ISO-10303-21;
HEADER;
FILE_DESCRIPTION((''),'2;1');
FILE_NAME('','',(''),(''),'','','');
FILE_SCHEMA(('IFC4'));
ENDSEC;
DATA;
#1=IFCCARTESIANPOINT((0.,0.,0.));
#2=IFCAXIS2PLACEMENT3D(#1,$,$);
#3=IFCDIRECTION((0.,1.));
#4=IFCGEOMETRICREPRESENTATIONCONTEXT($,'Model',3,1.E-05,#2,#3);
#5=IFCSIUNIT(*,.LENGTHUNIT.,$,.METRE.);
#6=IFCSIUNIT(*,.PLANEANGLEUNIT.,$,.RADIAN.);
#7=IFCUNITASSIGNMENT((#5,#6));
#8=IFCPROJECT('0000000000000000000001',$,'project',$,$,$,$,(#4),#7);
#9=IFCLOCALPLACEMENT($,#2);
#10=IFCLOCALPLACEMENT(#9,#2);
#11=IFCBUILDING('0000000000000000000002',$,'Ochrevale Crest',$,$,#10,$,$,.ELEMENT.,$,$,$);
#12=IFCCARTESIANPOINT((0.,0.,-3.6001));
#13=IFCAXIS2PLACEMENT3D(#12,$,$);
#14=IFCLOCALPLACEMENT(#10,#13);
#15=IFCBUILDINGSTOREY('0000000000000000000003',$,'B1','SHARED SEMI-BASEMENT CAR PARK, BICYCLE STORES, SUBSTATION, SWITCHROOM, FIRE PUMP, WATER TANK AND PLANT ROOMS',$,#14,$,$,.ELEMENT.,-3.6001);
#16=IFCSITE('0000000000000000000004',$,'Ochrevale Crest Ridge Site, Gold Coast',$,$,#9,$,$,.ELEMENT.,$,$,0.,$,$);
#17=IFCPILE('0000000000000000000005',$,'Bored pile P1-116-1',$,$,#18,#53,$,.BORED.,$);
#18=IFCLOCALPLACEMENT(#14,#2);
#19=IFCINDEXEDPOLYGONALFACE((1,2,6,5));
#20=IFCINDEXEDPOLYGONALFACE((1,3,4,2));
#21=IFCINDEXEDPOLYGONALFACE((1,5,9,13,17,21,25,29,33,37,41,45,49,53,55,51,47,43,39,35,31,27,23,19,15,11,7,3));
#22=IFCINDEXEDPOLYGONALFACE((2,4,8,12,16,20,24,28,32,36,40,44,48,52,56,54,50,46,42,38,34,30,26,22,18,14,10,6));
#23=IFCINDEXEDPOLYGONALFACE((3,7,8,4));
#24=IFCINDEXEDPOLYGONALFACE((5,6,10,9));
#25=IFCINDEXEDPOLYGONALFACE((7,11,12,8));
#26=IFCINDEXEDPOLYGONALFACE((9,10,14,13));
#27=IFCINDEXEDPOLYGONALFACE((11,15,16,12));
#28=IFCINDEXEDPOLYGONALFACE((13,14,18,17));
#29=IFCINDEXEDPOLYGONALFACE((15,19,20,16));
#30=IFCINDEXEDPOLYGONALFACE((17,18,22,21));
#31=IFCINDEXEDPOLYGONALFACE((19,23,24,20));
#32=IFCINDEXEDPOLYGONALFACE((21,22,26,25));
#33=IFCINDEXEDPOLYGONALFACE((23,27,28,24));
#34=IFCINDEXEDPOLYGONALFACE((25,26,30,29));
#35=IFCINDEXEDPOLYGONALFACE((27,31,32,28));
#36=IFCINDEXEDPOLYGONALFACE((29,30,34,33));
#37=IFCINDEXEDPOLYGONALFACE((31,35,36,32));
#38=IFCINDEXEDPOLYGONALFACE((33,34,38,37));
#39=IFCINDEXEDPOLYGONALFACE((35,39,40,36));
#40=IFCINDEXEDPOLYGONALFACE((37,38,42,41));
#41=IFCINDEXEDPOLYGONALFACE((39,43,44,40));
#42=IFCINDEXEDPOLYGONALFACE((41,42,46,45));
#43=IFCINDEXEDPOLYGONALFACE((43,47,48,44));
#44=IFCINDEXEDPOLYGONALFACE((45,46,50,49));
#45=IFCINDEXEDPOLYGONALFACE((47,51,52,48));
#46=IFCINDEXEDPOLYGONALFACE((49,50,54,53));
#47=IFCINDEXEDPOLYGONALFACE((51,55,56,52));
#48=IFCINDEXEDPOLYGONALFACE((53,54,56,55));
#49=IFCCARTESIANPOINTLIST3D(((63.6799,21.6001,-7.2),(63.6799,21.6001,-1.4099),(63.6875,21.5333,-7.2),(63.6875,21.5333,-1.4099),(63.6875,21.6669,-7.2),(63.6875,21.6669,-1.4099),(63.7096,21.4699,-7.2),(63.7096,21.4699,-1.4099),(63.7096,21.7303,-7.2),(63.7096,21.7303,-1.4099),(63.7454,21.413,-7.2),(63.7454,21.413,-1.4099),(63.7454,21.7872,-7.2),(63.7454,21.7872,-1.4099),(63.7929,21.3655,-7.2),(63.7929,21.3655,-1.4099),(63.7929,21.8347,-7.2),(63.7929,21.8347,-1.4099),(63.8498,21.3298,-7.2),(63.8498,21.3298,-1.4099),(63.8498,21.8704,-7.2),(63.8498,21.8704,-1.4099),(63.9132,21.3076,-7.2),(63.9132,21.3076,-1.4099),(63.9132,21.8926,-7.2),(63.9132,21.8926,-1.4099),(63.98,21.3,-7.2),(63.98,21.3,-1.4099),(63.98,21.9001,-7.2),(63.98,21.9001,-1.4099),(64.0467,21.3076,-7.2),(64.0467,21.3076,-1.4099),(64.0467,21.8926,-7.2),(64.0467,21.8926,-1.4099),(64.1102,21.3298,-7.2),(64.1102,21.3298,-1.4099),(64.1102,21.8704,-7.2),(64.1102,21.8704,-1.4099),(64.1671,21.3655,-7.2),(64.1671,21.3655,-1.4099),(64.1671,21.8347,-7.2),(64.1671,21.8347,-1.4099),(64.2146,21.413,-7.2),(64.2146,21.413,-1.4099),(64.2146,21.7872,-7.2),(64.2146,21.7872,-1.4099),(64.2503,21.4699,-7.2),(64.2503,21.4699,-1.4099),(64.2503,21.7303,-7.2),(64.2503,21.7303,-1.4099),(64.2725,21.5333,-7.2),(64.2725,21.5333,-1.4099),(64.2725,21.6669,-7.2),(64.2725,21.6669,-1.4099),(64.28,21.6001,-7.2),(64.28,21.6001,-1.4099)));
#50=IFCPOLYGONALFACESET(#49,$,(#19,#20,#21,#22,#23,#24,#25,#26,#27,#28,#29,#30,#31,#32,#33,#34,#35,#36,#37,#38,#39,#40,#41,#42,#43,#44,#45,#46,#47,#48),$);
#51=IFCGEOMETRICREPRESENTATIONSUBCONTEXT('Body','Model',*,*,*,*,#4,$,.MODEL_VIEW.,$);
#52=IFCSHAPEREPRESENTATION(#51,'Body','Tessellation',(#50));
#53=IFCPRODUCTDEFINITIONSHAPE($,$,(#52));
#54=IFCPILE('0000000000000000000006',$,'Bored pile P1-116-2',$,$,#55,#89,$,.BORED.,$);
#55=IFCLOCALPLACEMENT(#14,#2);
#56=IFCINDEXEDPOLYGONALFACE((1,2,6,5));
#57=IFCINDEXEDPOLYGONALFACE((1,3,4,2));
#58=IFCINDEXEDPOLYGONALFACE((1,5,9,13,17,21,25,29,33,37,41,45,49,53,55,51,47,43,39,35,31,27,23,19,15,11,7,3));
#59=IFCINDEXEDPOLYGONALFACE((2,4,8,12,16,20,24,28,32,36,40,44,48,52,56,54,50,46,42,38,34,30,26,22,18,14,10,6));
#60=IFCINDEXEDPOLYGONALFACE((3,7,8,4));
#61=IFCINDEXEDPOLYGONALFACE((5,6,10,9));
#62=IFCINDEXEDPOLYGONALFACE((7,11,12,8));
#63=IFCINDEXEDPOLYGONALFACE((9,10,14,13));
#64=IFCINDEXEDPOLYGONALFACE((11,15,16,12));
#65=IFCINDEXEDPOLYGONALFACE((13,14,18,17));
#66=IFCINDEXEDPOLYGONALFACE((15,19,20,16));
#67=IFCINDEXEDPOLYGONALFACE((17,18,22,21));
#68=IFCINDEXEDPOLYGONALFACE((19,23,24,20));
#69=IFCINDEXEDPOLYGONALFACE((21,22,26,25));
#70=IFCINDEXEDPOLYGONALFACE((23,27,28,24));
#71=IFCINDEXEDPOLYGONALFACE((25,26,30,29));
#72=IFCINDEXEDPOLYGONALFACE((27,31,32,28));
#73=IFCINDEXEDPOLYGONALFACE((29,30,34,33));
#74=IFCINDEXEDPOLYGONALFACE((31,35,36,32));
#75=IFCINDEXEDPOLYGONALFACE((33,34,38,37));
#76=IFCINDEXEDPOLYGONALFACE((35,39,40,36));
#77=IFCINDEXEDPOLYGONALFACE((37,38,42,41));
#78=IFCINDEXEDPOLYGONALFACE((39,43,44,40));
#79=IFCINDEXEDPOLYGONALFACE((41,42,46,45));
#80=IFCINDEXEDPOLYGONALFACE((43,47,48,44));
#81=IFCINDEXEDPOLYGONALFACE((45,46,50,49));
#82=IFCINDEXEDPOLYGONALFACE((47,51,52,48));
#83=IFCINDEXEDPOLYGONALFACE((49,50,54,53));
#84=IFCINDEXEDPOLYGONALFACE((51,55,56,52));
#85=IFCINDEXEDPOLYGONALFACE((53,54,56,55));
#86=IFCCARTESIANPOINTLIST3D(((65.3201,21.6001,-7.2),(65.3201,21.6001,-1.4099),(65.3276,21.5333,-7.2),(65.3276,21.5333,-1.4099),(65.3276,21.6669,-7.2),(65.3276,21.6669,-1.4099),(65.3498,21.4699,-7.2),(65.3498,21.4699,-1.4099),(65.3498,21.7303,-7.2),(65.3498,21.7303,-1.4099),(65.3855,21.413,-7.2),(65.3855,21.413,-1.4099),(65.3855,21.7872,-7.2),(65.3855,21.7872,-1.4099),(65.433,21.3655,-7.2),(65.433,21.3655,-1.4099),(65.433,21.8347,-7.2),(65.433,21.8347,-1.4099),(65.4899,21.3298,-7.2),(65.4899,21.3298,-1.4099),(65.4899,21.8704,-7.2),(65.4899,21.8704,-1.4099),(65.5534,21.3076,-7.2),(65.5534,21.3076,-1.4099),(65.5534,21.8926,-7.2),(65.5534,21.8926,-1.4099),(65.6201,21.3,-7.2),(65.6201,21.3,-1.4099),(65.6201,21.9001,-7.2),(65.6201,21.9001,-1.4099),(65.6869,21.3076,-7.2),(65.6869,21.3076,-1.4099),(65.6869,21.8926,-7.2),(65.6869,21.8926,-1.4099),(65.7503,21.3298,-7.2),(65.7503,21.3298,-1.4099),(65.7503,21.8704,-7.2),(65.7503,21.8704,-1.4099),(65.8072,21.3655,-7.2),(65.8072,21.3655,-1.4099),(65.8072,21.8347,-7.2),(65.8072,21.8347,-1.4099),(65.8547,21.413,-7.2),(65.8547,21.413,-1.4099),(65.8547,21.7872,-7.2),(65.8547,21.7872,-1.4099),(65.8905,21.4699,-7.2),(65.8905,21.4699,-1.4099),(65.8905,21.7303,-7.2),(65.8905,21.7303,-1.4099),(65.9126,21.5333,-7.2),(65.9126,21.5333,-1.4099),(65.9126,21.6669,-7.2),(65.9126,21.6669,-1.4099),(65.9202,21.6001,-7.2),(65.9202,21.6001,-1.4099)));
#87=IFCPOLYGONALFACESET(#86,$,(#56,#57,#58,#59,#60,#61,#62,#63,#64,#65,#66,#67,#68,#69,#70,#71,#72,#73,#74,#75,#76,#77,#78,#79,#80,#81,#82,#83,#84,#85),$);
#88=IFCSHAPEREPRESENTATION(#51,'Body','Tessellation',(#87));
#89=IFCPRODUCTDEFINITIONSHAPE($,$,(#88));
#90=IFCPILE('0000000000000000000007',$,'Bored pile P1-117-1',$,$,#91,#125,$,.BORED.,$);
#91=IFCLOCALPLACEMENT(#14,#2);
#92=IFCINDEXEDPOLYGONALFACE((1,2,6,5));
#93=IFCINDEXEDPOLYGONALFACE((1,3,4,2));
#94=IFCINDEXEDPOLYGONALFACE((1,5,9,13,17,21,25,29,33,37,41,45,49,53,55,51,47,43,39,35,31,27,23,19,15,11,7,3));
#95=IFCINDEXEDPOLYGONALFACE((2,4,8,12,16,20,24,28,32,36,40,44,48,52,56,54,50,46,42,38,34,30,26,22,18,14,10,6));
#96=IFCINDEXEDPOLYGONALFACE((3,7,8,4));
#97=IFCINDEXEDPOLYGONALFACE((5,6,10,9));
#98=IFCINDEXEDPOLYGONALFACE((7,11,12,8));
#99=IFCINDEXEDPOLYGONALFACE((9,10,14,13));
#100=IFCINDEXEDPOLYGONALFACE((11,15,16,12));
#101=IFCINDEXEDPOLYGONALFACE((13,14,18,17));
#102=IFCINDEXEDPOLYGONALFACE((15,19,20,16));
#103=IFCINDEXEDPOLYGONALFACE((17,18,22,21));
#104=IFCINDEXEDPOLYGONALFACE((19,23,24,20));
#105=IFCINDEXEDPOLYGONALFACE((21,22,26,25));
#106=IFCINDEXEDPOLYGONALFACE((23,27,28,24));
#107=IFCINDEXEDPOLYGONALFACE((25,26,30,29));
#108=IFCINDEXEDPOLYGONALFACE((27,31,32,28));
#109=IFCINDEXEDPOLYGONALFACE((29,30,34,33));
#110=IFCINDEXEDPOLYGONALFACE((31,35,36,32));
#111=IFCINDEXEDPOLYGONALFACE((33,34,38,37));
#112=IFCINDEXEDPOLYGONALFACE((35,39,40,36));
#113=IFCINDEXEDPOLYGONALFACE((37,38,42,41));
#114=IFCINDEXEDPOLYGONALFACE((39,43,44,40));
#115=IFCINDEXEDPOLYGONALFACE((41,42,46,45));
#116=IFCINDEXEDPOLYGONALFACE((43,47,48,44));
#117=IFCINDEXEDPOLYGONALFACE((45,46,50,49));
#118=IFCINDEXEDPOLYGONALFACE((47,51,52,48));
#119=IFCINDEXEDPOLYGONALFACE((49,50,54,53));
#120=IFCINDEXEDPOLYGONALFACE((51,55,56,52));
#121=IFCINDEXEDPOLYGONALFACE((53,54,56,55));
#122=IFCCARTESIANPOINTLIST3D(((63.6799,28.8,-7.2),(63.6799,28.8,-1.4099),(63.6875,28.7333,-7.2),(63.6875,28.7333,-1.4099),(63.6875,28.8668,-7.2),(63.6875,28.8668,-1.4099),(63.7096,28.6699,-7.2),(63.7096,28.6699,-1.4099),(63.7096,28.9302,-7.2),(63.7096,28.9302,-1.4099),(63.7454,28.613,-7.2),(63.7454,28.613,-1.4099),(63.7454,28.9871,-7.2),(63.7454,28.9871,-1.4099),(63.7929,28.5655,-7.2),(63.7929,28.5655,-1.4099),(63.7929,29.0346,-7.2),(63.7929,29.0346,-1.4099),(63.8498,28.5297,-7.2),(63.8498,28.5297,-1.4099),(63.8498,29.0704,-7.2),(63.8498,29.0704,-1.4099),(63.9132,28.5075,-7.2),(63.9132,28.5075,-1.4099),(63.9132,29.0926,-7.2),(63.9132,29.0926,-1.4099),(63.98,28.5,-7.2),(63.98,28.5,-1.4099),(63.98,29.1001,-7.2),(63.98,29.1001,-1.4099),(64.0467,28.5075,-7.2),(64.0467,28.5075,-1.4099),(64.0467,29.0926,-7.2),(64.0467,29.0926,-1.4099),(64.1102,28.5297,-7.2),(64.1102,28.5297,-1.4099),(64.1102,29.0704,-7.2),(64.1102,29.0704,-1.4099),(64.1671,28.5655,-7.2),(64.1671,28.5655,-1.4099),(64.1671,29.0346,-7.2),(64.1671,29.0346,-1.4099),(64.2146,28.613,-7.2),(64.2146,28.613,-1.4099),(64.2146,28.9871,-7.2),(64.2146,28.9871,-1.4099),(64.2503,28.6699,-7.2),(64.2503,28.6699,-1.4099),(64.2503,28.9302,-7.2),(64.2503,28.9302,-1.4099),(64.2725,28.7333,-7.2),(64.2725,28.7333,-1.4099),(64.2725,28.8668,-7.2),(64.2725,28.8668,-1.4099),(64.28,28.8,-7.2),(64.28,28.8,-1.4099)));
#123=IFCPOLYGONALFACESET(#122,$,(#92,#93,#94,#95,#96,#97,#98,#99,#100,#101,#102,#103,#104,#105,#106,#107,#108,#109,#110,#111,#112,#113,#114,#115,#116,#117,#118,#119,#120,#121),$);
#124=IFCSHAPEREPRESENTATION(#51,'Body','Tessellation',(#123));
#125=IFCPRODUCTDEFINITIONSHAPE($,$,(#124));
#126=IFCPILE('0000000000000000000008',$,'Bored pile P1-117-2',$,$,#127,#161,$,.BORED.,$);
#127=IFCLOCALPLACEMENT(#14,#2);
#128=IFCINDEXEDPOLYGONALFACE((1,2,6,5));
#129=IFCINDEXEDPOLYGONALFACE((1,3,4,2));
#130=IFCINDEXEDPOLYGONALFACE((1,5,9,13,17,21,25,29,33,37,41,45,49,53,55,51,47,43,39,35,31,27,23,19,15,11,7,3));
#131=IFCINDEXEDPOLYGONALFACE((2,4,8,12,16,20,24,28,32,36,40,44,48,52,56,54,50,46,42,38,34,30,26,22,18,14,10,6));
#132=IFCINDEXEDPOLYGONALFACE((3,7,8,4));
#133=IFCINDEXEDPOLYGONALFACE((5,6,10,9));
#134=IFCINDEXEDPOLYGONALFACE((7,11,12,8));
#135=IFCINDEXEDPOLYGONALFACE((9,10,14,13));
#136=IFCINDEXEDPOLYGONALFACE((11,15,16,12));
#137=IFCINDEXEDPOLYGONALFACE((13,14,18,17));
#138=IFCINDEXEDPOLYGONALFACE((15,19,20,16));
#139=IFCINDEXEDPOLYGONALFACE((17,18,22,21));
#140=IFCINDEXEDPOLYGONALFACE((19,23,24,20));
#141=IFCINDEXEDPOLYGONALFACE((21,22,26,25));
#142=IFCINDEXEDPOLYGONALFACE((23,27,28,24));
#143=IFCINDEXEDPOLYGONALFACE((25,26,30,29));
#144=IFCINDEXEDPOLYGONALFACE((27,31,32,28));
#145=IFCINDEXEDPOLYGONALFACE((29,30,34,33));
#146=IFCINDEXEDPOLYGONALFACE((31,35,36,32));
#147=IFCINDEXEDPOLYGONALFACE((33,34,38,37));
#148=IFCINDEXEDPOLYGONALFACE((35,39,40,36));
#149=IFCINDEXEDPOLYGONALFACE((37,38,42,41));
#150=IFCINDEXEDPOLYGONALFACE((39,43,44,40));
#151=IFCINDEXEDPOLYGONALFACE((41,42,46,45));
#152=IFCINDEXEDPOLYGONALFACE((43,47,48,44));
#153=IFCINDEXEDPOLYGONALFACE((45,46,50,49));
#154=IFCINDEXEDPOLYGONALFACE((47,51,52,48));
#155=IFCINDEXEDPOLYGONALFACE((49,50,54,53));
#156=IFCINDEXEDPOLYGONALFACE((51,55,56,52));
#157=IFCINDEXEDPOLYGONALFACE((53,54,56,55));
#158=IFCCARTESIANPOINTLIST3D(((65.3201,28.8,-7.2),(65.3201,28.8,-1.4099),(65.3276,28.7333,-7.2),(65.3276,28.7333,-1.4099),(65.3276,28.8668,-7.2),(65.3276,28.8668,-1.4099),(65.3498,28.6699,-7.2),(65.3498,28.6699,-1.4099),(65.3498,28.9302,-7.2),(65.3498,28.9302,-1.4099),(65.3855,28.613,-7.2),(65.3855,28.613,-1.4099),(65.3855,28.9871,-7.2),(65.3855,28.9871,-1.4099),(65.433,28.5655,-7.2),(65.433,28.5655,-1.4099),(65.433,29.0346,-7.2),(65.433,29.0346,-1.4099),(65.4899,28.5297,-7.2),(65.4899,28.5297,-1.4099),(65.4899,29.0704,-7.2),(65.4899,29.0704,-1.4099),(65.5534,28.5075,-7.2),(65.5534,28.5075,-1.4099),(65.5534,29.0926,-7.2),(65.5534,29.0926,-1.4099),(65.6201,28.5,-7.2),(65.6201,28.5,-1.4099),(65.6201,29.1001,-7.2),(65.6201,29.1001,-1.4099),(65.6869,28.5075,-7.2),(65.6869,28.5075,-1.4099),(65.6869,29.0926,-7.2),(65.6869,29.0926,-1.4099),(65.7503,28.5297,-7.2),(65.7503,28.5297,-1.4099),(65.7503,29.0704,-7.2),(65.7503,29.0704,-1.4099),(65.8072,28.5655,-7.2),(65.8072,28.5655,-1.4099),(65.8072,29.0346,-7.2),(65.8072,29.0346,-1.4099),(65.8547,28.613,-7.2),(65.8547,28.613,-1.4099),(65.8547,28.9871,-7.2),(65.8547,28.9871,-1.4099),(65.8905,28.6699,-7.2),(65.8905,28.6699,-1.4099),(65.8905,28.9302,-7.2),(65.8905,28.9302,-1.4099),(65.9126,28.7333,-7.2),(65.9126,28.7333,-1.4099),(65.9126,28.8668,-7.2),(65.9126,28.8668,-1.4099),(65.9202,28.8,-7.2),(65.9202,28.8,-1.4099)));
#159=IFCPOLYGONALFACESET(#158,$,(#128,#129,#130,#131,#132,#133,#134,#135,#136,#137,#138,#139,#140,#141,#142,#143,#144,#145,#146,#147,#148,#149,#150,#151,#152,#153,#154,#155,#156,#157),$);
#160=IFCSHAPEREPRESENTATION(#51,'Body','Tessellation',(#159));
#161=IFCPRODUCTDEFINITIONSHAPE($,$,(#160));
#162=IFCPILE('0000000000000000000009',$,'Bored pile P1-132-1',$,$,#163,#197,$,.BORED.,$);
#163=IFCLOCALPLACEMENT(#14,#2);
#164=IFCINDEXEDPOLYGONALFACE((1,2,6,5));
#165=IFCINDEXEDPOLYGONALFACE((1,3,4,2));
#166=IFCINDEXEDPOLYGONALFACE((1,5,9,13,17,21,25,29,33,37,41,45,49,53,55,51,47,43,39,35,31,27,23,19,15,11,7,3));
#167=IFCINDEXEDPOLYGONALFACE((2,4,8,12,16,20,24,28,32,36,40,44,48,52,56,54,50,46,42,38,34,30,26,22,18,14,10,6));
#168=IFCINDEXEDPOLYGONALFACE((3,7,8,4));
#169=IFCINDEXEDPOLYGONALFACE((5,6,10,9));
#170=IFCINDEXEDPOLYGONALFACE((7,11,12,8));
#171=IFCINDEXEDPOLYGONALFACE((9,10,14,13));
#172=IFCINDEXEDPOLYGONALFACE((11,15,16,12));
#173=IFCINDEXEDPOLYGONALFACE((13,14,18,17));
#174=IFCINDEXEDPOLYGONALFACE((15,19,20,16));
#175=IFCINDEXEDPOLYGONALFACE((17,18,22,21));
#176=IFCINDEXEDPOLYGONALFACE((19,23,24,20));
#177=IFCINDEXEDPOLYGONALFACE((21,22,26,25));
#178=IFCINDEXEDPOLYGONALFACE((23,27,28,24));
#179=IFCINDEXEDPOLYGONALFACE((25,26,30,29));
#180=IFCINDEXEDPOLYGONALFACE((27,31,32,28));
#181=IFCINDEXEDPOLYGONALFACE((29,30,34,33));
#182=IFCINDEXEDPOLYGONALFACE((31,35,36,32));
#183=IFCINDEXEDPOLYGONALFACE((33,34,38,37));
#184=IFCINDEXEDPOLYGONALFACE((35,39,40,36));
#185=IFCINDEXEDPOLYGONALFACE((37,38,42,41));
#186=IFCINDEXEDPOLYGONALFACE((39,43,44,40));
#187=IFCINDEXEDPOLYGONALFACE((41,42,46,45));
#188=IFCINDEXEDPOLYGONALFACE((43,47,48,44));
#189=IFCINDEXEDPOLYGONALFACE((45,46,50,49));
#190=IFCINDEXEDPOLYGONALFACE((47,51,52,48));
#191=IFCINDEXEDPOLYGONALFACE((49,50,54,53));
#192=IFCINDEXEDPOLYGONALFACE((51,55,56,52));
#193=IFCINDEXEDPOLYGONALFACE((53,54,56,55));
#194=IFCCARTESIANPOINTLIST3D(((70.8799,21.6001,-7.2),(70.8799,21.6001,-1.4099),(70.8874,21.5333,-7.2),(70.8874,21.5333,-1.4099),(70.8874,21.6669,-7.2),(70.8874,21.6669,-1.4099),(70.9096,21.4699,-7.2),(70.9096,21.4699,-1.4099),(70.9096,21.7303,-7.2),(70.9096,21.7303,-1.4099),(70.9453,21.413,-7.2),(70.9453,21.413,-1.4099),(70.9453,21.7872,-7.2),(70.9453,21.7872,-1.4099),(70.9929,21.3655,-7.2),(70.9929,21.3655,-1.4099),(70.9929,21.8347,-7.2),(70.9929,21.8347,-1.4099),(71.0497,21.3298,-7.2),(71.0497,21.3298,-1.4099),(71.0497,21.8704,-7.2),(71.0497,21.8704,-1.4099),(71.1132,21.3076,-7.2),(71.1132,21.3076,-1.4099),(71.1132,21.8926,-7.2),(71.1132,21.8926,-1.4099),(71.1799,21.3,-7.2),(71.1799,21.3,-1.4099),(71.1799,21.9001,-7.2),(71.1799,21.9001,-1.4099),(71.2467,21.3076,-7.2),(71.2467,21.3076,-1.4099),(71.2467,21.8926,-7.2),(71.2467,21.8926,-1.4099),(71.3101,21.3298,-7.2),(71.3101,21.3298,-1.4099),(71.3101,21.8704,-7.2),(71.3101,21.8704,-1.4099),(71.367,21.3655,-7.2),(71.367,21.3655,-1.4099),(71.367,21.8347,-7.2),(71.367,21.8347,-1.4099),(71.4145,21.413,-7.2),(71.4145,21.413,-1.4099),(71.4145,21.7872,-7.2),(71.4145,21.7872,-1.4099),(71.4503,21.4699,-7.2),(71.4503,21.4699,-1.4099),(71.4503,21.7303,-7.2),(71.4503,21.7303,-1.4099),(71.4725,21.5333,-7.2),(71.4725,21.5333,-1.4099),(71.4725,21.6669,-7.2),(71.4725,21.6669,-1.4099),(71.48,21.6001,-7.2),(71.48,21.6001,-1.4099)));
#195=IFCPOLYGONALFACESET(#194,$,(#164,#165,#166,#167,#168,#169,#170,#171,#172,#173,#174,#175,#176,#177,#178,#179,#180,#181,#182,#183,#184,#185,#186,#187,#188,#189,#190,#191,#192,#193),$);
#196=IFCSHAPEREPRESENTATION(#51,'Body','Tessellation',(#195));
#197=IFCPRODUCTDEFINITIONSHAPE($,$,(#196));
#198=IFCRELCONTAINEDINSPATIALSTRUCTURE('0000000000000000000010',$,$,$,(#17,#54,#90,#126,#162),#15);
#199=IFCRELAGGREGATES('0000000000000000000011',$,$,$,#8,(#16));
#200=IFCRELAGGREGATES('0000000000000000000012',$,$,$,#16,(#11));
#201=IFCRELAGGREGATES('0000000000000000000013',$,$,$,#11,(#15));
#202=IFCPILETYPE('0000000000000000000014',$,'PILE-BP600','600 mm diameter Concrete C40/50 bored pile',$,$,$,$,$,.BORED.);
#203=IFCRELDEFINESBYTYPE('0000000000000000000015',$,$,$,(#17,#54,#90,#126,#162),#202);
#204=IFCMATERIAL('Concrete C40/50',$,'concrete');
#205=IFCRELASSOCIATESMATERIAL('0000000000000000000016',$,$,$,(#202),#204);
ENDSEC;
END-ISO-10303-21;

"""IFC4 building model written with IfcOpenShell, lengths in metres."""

from ifc_helpers import new_model, si_unit, direction, frame, origin, origin_2d, place, context, subcontext, project, spatial, circle, extrude, material, material_profile, profile_set, type_object, element, save


model = new_model("IFC4")

# Units and contexts
model_context = context("Model", 3, precision=1e-05, world=origin(), true_north=direction((0.0, 1.0)))
body_context = subcontext(model_context, "Body", "Model", "MODEL_VIEW")
ifc_project = project(units=[si_unit("LENGTHUNIT", "METRE"), si_unit("PLANEANGLEUNIT", "RADIAN")], contexts=[model_context])

# Site, building, storey
site_placement = place(None, origin())
site = spatial("IfcSite", under=ifc_project, at=site_placement, Name="Ochrevale Crest Ridge Site, Gold Coast", CompositionType="ELEMENT", RefElevation=0.0)
building_placement = place(site_placement, origin())
building = spatial("IfcBuilding", under=site, at=building_placement, Name="Ochrevale Crest", CompositionType="ELEMENT")
storey_placement = place(building_placement, frame((0.0, 0.0, -3.6001)))
storey = spatial("IfcBuildingStorey", under=building, at=storey_placement, Name="B1", Description="SHARED SEMI-BASEMENT CAR PARK, BICYCLE STORES, SUBSTATION, SWITCHROOM, FIRE PUMP, WATER TANK AND PLANT ROOMS", CompositionType="ELEMENT", Elevation=-3.6001)

# Shared definitions
ifc_material_1 = material(Name="Concrete C40/50", Category="concrete")

# Piles
ifc_material_profile_1 = material_profile(ifc_material_1, circle(Radius=0.3, at=origin_2d()), Name="BORED PILE 600")
ifc_profile_set_1 = profile_set([ifc_material_profile_1], Name="Concrete C40/50")
pile_type = type_object("IfcPileType", Name="PILE-BP600", Description="600 mm diameter Concrete C40/50 bored pile", PredefinedType="BORED", material=ifc_profile_set_1)
for number, where, z_axis, x_axis, name in (
    (1, (63.98, 21.6001, -1.4099), (0.0, 0.0, -1.0), (1.0, 0.0, 0.0), "Bored pile P1-116-1"),
    (2, (65.6201, 21.6001, -1.4099), (0.0, 0.0, -1.0), (1.0, 0.0, 0.0), "Bored pile P1-116-2"),
    (3, (63.98, 28.8, -1.4099), (0.0, 0.0, -1.0), (1.0, 0.0, 0.0), "Bored pile P1-117-1"),
    (4, (65.6201, 28.8, -1.4099), (0.0, 0.0, -1.0), (1.0, 0.0, 0.0), "Bored pile P1-117-2"),
    (5, (71.1799, 21.6001, -1.4099), (0.0, 0.0, -1.0), (1.0, 0.0, 0.0), "Bored pile P1-132-1"),
):
    element("IfcPile", number, at=place(storey_placement, frame(where, z_axis=z_axis, x_axis=x_axis)), inside=storey, type_object=pile_type, Name=name, PredefinedType="BORED", context=body_context, shape_type="SweptSolid", body=[
        extrude(circle(Radius=0.3, at=origin_2d()), origin(), (0.0, 0.0, 1.0), 5.79),
    ])

save(model, "model.ifc")
